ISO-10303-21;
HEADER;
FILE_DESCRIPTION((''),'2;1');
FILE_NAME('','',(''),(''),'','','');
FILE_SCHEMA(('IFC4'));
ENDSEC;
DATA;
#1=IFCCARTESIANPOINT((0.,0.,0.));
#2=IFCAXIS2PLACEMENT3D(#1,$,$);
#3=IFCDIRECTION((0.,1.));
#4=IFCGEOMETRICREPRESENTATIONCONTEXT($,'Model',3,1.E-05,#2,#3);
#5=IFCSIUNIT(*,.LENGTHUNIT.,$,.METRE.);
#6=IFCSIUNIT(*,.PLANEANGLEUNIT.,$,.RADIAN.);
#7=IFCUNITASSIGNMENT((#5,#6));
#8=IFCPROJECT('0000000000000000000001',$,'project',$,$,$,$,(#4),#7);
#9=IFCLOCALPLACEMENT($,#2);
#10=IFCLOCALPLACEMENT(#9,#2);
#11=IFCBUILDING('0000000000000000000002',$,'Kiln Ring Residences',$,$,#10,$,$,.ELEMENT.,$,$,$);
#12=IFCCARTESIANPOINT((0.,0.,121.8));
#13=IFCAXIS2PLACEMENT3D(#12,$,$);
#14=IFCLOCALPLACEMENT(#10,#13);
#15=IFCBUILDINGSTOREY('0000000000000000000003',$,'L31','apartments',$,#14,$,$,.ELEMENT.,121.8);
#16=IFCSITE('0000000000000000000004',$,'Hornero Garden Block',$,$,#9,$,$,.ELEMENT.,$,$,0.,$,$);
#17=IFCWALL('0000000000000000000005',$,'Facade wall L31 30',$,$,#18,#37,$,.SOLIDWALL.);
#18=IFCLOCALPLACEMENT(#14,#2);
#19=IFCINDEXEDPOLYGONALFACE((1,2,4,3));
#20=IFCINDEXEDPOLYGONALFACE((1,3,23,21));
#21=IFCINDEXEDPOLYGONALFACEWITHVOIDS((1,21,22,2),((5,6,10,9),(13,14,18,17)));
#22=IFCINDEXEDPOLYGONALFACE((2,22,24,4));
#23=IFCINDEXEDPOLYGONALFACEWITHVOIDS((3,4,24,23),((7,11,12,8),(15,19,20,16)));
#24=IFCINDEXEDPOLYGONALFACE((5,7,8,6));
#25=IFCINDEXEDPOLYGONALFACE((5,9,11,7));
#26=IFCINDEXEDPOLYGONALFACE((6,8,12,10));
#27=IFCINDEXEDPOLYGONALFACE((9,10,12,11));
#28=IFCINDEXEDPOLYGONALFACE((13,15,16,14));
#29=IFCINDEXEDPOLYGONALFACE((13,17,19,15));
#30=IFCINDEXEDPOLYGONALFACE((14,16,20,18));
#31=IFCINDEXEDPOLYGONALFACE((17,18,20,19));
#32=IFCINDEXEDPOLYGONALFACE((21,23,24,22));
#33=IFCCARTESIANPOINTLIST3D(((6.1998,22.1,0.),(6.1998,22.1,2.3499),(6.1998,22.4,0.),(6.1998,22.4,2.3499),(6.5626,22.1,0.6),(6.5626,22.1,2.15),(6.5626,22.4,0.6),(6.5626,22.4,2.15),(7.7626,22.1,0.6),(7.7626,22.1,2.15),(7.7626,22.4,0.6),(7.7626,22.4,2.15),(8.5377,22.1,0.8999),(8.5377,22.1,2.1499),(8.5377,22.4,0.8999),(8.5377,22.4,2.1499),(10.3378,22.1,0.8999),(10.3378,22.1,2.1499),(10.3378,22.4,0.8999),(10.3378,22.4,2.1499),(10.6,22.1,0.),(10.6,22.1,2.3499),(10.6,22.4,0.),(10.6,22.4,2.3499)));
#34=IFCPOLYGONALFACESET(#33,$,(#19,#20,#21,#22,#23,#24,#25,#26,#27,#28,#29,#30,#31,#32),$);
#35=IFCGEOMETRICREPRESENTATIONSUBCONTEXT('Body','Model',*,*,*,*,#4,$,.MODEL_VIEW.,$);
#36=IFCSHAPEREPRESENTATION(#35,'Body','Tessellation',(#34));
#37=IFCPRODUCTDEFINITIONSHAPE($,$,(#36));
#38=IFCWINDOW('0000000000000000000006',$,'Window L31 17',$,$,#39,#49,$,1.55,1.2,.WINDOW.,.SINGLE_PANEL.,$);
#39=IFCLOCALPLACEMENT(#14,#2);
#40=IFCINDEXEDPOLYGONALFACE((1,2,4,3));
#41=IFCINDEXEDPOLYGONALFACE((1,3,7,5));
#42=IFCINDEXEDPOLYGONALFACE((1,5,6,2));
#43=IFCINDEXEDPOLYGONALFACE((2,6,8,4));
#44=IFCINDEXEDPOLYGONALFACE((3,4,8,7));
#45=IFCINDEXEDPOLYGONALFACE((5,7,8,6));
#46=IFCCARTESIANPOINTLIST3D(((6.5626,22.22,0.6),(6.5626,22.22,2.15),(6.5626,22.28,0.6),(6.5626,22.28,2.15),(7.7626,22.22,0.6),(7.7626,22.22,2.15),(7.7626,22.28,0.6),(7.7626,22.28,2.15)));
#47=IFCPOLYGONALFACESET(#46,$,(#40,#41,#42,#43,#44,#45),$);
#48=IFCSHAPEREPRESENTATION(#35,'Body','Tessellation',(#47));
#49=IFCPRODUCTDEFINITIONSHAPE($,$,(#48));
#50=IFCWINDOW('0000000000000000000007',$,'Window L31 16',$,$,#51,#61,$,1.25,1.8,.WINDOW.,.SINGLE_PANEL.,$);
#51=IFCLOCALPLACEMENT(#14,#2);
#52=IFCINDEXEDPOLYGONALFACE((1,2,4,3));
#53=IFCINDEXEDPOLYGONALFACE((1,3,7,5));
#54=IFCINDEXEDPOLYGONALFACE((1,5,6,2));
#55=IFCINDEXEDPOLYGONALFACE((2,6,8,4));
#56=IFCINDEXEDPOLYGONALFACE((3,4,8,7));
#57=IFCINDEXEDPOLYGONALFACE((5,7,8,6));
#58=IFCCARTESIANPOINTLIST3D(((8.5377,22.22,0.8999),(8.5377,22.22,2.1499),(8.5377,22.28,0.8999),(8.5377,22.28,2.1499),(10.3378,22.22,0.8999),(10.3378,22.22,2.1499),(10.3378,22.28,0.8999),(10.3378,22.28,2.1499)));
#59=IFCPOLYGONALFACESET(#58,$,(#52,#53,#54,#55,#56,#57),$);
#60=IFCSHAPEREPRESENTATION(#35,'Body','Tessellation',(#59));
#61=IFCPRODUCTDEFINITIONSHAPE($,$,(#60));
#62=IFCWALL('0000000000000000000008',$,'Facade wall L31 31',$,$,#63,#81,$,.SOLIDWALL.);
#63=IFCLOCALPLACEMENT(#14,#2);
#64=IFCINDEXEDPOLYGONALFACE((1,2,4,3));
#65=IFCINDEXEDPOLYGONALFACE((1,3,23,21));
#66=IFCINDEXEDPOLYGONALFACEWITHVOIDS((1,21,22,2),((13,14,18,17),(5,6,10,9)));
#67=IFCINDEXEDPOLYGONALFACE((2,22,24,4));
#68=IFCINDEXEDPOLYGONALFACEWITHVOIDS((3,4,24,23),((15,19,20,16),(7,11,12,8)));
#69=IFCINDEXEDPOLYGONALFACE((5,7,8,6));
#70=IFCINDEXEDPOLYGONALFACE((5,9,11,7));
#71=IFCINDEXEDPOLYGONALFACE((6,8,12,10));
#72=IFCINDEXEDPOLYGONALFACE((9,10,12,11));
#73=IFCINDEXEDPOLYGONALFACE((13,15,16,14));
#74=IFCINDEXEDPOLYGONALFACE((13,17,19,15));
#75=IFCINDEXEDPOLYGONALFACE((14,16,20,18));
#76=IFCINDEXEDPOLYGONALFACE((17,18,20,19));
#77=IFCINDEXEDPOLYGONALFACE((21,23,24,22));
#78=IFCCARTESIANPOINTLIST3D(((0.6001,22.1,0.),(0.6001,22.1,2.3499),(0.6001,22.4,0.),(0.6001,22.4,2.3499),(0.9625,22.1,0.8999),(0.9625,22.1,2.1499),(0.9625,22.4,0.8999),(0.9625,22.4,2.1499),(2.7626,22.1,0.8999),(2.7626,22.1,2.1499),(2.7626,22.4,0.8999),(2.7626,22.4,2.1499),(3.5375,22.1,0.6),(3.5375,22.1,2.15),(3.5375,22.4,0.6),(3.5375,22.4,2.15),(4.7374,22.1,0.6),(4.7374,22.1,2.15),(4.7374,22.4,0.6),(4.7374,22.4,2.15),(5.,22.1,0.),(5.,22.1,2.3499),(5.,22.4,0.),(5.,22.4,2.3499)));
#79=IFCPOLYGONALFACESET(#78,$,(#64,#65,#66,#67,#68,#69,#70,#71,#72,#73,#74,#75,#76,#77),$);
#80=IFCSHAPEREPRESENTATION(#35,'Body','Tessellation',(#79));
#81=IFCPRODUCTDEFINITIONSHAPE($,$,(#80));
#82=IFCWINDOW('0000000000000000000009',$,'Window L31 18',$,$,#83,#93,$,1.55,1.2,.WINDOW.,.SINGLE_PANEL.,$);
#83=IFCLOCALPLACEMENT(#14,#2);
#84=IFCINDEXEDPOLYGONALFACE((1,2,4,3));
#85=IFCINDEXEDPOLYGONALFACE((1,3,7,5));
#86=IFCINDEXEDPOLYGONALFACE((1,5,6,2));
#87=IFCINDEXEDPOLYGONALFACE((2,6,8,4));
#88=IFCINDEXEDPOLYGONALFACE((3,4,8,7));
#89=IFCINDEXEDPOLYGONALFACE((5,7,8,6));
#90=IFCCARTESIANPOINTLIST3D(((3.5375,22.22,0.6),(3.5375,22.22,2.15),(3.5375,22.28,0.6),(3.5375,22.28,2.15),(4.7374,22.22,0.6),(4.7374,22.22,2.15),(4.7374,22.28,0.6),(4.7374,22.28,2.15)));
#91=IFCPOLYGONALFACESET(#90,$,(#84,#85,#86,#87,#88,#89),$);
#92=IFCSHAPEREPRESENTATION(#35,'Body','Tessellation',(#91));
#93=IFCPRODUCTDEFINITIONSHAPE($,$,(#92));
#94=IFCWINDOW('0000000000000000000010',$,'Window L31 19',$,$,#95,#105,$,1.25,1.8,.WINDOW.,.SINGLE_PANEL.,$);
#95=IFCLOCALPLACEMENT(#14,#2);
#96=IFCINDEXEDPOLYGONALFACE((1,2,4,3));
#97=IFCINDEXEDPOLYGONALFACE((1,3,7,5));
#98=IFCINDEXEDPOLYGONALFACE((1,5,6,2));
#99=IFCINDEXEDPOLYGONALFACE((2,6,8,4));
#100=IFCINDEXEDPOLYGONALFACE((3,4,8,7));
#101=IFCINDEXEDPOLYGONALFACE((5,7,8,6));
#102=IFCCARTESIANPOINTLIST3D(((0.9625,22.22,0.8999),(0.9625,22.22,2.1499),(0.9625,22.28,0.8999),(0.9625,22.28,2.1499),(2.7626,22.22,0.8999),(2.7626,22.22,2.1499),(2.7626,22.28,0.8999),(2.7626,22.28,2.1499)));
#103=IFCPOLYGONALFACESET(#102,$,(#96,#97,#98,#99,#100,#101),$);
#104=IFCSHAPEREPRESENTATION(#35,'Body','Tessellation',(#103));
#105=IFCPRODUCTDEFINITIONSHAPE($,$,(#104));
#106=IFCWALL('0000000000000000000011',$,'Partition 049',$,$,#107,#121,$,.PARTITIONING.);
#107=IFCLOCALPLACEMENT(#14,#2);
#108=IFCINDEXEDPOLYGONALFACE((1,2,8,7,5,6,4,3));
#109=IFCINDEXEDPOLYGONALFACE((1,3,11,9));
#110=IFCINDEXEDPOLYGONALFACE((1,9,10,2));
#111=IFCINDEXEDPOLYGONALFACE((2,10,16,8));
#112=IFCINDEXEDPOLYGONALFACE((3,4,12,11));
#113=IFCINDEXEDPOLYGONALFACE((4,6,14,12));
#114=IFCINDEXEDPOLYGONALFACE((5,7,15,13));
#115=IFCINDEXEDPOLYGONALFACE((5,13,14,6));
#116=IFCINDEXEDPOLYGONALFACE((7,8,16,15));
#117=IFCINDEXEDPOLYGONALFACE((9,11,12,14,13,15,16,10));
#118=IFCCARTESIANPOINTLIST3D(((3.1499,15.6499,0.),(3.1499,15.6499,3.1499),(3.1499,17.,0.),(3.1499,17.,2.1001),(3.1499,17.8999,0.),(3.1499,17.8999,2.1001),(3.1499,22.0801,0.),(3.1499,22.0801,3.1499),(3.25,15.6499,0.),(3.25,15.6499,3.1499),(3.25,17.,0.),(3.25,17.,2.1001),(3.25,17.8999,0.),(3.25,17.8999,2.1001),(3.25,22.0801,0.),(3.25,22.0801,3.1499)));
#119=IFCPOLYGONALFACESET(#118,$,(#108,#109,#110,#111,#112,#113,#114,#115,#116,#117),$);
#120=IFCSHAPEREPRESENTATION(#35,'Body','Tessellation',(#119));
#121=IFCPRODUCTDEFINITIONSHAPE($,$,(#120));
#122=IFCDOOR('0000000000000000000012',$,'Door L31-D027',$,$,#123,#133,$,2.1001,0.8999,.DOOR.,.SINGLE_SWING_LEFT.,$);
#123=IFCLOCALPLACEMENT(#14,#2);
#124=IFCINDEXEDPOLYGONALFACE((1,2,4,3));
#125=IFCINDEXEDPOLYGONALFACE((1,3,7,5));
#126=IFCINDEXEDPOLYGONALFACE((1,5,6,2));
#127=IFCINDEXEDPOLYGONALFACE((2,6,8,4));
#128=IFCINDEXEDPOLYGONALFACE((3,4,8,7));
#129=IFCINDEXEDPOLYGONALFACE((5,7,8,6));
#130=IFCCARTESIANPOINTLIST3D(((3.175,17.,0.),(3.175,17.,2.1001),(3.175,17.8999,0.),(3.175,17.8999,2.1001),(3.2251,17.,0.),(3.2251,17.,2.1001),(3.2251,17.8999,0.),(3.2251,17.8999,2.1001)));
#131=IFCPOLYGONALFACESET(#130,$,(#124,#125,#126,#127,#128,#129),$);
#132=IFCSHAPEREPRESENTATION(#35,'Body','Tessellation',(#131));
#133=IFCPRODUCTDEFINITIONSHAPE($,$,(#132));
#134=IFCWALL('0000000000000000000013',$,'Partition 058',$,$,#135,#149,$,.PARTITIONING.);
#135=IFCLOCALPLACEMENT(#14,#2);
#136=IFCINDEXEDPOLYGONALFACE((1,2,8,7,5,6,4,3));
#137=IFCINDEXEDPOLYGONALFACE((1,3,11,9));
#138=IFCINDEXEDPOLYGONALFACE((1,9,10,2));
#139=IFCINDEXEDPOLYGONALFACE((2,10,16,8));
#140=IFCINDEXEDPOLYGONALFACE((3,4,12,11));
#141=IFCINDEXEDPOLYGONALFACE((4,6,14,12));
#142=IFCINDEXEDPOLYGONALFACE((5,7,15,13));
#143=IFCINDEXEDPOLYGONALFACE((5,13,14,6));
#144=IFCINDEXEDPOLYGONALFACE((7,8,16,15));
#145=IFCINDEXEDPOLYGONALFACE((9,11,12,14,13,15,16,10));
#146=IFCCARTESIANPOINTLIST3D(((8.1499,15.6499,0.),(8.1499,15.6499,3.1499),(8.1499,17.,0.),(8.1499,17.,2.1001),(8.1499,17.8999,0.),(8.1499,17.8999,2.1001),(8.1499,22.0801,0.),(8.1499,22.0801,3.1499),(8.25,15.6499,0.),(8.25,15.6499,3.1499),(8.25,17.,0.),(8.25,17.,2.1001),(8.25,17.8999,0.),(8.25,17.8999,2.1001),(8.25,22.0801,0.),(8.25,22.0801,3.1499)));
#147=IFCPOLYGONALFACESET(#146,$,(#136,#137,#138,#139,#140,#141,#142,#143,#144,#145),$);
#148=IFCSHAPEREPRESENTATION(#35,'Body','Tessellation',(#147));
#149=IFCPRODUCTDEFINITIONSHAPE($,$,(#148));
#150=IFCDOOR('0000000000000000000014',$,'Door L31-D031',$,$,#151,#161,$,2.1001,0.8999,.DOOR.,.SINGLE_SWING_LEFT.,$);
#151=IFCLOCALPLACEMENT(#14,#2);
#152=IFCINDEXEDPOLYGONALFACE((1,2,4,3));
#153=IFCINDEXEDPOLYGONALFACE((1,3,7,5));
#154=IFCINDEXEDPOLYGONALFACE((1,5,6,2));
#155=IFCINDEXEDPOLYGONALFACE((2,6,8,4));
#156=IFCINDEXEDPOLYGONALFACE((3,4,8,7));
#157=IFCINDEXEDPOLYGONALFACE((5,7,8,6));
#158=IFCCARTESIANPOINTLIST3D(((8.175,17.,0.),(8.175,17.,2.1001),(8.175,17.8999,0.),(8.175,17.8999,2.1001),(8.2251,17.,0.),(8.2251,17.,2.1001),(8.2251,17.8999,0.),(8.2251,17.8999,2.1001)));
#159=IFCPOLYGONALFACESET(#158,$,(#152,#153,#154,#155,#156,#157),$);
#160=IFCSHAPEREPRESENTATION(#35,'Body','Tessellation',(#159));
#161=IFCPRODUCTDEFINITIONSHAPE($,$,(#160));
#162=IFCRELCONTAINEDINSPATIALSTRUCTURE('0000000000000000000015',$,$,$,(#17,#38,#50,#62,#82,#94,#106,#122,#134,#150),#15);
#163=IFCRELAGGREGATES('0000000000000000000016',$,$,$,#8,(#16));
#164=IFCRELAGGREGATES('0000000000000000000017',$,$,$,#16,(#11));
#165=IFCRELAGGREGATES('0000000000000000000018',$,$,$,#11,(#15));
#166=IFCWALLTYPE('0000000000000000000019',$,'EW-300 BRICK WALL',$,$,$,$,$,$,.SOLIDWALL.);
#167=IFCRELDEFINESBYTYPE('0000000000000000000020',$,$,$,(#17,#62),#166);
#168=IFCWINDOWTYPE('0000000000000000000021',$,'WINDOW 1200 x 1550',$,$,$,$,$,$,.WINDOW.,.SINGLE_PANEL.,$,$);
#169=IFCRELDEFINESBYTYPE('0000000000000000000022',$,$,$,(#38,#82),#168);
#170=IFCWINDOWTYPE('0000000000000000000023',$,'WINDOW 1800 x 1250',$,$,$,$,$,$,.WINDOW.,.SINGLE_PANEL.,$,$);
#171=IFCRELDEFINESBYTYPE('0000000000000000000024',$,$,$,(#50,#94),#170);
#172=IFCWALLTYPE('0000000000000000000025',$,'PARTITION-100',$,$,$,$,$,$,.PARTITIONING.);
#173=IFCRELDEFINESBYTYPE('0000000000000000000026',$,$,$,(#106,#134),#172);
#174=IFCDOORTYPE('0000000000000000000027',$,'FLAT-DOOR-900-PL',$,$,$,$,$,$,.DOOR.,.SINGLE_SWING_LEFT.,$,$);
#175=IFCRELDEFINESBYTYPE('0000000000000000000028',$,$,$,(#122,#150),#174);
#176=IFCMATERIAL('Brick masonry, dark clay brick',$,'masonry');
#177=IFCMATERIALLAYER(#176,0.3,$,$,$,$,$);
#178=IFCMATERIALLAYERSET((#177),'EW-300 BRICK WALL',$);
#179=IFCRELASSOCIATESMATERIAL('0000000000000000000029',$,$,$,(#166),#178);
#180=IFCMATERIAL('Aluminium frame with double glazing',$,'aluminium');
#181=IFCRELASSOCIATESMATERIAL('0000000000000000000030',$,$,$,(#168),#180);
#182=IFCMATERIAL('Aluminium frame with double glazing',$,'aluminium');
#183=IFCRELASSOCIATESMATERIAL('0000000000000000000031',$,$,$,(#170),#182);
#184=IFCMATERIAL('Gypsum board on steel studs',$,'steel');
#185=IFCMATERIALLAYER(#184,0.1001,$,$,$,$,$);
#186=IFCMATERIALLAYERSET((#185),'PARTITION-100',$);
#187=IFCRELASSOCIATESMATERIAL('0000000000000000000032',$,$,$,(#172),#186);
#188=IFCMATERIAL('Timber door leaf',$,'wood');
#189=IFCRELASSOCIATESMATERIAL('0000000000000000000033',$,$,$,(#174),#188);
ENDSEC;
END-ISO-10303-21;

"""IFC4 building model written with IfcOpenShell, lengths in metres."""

from ifc_helpers import new_model, si_unit, direction, frame, frame_2d, origin, place, context, subcontext, project, spatial, rectangle, extrude, material, layer, layer_set, type_object, element, fill, save


model = new_model("IFC4")

# Units and contexts
model_context = context("Model", 3, precision=1e-05, world=origin(), true_north=direction((0.0, 1.0)))
body_context = subcontext(model_context, "Body", "Model", "MODEL_VIEW")
ifc_project = project(units=[si_unit("LENGTHUNIT", "METRE"), si_unit("PLANEANGLEUNIT", "RADIAN")], contexts=[model_context])

# Site, building, storey
site_placement = place(None, origin())
site = spatial("IfcSite", under=ifc_project, at=site_placement, Name="Hornero Garden Block", CompositionType="ELEMENT", RefElevation=0.0)
building_placement = place(site_placement, origin())
building = spatial("IfcBuilding", under=site, at=building_placement, Name="Kiln Ring Residences", CompositionType="ELEMENT")
storey_placement = place(building_placement, frame((0.0, 0.0, 121.8)))
storey = spatial("IfcBuildingStorey", under=building, at=storey_placement, Name="L31", Description="apartments", CompositionType="ELEMENT", Elevation=121.8)

# Shared definitions
ifc_material_1 = material(Name="Brick masonry, dark clay brick", Category="masonry")
ifc_layer_1 = layer(ifc_material_1, 0.3)
ifc_layer_set_1 = layer_set([ifc_layer_1], Name="EW-300 BRICK WALL")
wall_type_1 = type_object("IfcWallType", Name="EW-300 BRICK WALL", PredefinedType="SOLIDWALL", material=ifc_layer_set_1)

# Walls, openings, windows
wall_1_placement = place(storey_placement, frame((10.6001, 22.25, 0.0), z_axis=(0.0, 0.0, 1.0), x_axis=(-1.0, 0.0, 0.0)))
wall_1 = element("IfcWall", 1, at=wall_1_placement, inside=storey, type_object=wall_type_1, Name="Facade wall L31 30", PredefinedType="SOLIDWALL", context=body_context, shape_type="SweptSolid", body=[
    extrude(rectangle(XDim=4.4001, YDim=0.3, at=frame_2d((2.2002, 0.0))), origin(), (0.0, 0.0, 1.0), 2.3499),
])
opening_1_placement = place(wall_1_placement, frame((0.2625, 0.0, 0.8999)))
opening_1 = element("IfcOpeningElement", 2, at=opening_1_placement, cuts=wall_1, PredefinedType="OPENING", context=body_context, shape_type="SweptSolid", body=[
    extrude(rectangle(XDim=1.8, YDim=1.25, at=frame_2d((0.8999, 0.625))), frame((0.0, 0.1599, 0.0), z_axis=(0.0, -1.0, 0.0), x_axis=(1.0, 0.0, 0.0)), (0.0, 0.0, 1.0), 0.3201),
])
opening_2_placement = place(wall_1_placement, frame((2.8374, 0.0, 0.6001)))
opening_2 = element("IfcOpeningElement", 3, at=opening_2_placement, cuts=wall_1, PredefinedType="OPENING", context=body_context, shape_type="SweptSolid", body=[
    extrude(rectangle(XDim=1.2, YDim=1.55, at=frame_2d((0.6001, 0.7749))), frame((0.0, 0.1599, 0.0), z_axis=(0.0, -1.0, 0.0), x_axis=(1.0, 0.0, 0.0)), (0.0, 0.0, 1.0), 0.3201),
])
ifc_material_2 = material(Name="Aluminium frame with double glazing", Category="aluminium")
window_type_1 = type_object("IfcWindowType", Name="WINDOW 1200 x 1550", PartitioningType="SINGLE_PANEL", PredefinedType="WINDOW", material=ifc_material_2)
window_1_placement = place(opening_2_placement, origin())
window_1 = element("IfcWindow", 4, at=window_1_placement, inside=storey, type_object=window_type_1, Name="Window L31 17", OverallHeight=1.55, OverallWidth=1.2, PartitioningType="SINGLE_PANEL", PredefinedType="WINDOW", context=body_context, shape_type="SweptSolid", body=[
    extrude(rectangle(XDim=1.2, YDim=1.55, at=frame_2d((0.6001, 0.7749))), frame((0.0, 0.03, 0.0), z_axis=(0.0, -1.0, 0.0), x_axis=(1.0, 0.0, 0.0)), (0.0, 0.0, 1.0), 0.0601),
])
fill(opening_2, window_1)
ifc_material_3 = material(Name="Aluminium frame with double glazing", Category="aluminium")
window_type_2 = type_object("IfcWindowType", Name="WINDOW 1800 x 1250", PartitioningType="SINGLE_PANEL", PredefinedType="WINDOW", material=ifc_material_3)
window_2_placement = place(opening_1_placement, origin())
window_2 = element("IfcWindow", 5, at=window_2_placement, inside=storey, type_object=window_type_2, Name="Window L31 16", OverallHeight=1.25, OverallWidth=1.8, PartitioningType="SINGLE_PANEL", PredefinedType="WINDOW", context=body_context, shape_type="SweptSolid", body=[
    extrude(rectangle(XDim=1.8, YDim=1.25, at=frame_2d((0.8999, 0.625))), frame((0.0, 0.03, 0.0), z_axis=(0.0, -1.0, 0.0), x_axis=(1.0, 0.0, 0.0)), (0.0, 0.0, 1.0), 0.0601),
])
fill(opening_1, window_2)
wall_2_placement = place(storey_placement, frame((5.0, 22.25, 0.0), z_axis=(0.0, 0.0, 1.0), x_axis=(-1.0, 0.0, 0.0)))
wall_2 = element("IfcWall", 6, at=wall_2_placement, inside=storey, type_object=wall_type_1, Name="Facade wall L31 31", PredefinedType="SOLIDWALL", context=body_context, shape_type="SweptSolid", body=[
    extrude(rectangle(XDim=4.3999, YDim=0.3, at=frame_2d((2.2, 0.0))), origin(), (0.0, 0.0, 1.0), 2.3499),
])
opening_3_placement = place(wall_2_placement, frame((0.2625, 0.0, 0.6001)))
opening_3 = element("IfcOpeningElement", 7, at=opening_3_placement, cuts=wall_2, PredefinedType="OPENING", context=body_context, shape_type="SweptSolid", body=[
    extrude(rectangle(XDim=1.2, YDim=1.55, at=frame_2d((0.6001, 0.7749))), frame((0.0, 0.1599, 0.0), z_axis=(0.0, -1.0, 0.0), x_axis=(1.0, 0.0, 0.0)), (0.0, 0.0, 1.0), 0.3201),
])
opening_4_placement = place(wall_2_placement, frame((2.2375, 0.0, 0.8999)))
opening_4 = element("IfcOpeningElement", 8, at=opening_4_placement, cuts=wall_2, PredefinedType="OPENING", context=body_context, shape_type="SweptSolid", body=[
    extrude(rectangle(XDim=1.8, YDim=1.25, at=frame_2d((0.8999, 0.625))), frame((0.0, 0.1599, 0.0), z_axis=(0.0, -1.0, 0.0), x_axis=(1.0, 0.0, 0.0)), (0.0, 0.0, 1.0), 0.3201),
])
window_3_placement = place(opening_3_placement, origin())
window_3 = element("IfcWindow", 9, at=window_3_placement, inside=storey, type_object=window_type_1, Name="Window L31 18", OverallHeight=1.55, OverallWidth=1.2, PartitioningType="SINGLE_PANEL", PredefinedType="WINDOW", context=body_context, shape_type="SweptSolid", body=[
    extrude(rectangle(XDim=1.2, YDim=1.55, at=frame_2d((0.6001, 0.7749))), frame((0.0, 0.03, 0.0), z_axis=(0.0, -1.0, 0.0), x_axis=(1.0, 0.0, 0.0)), (0.0, 0.0, 1.0), 0.0601),
])
fill(opening_3, window_3)
window_4_placement = place(opening_4_placement, origin())
window_4 = element("IfcWindow", 10, at=window_4_placement, inside=storey, type_object=window_type_2, Name="Window L31 19", OverallHeight=1.25, OverallWidth=1.8, PartitioningType="SINGLE_PANEL", PredefinedType="WINDOW", context=body_context, shape_type="SweptSolid", body=[
    extrude(rectangle(XDim=1.8, YDim=1.25, at=frame_2d((0.8999, 0.625))), frame((0.0, 0.03, 0.0), z_axis=(0.0, -1.0, 0.0), x_axis=(1.0, 0.0, 0.0)), (0.0, 0.0, 1.0), 0.0601),
])
fill(opening_4, window_4)

# Walls, openings, doors
ifc_material_4 = material(Name="Gypsum board on steel studs", Category="steel")
ifc_layer_2 = layer(ifc_material_4, 0.1001)
ifc_layer_set_2 = layer_set([ifc_layer_2], Name="PARTITION-100")
wall_type_2 = type_object("IfcWallType", Name="PARTITION-100", PredefinedType="PARTITIONING", material=ifc_layer_set_2)
wall_3_placement = place(storey_placement, frame((3.2, 15.6499, 0.0), z_axis=(0.0, 0.0, 1.0), x_axis=(0.0, 1.0, 0.0)))
wall_3 = element("IfcWall", 11, at=wall_3_placement, inside=storey, type_object=wall_type_2, Name="Partition 049", PredefinedType="PARTITIONING", context=body_context, shape_type="SweptSolid", body=[
    extrude(rectangle(XDim=6.4302, YDim=0.1001, at=frame_2d((3.2151, 0.0))), origin(), (0.0, 0.0, 1.0), 3.1499),
])
opening_5_placement = place(wall_3_placement, frame((1.3501, 0.0, 0.0)))
opening_5 = element("IfcOpeningElement", 12, at=opening_5_placement, cuts=wall_3, PredefinedType="OPENING", context=body_context, shape_type="SweptSolid", body=[
    extrude(rectangle(XDim=0.8999, YDim=2.1001, at=frame_2d((0.45, 1.05))), frame((0.0, 0.0601, 0.0), z_axis=(0.0, -1.0, 0.0), x_axis=(1.0, 0.0, 0.0)), (0.0, 0.0, 1.0), 0.1201),
])
ifc_material_5 = material(Name="Timber door leaf", Category="wood")
door_type_1 = type_object("IfcDoorType", Name="FLAT-DOOR-900-PL", OperationType="SINGLE_SWING_LEFT", PredefinedType="DOOR", material=ifc_material_5)
door_1_placement = place(opening_5_placement, origin())
door_1 = element("IfcDoor", 13, at=door_1_placement, inside=storey, type_object=door_type_1, Name="Door L31-D027", OperationType="SINGLE_SWING_LEFT", OverallHeight=2.1001, OverallWidth=0.8999, PredefinedType="DOOR", context=body_context, shape_type="SweptSolid", body=[
    extrude(rectangle(XDim=0.8999, YDim=2.1001, at=frame_2d((0.45, 1.05))), frame((0.0, 0.0249, 0.0), z_axis=(0.0, -1.0, 0.0), x_axis=(1.0, 0.0, 0.0)), (0.0, 0.0, 1.0), 0.05),
])
fill(opening_5, door_1)
wall_4_placement = place(storey_placement, frame((8.2, 15.6499, 0.0), z_axis=(0.0, 0.0, 1.0), x_axis=(0.0, 1.0, 0.0)))
wall_4 = element("IfcWall", 14, at=wall_4_placement, inside=storey, type_object=wall_type_2, Name="Partition 058", PredefinedType="PARTITIONING", context=body_context, shape_type="SweptSolid", body=[
    extrude(rectangle(XDim=6.4302, YDim=0.1001, at=frame_2d((3.2151, 0.0))), origin(), (0.0, 0.0, 1.0), 3.1499),
])
opening_6_placement = place(wall_4_placement, frame((1.3501, 0.0, 0.0)))
opening_6 = element("IfcOpeningElement", 15, at=opening_6_placement, cuts=wall_4, PredefinedType="OPENING", context=body_context, shape_type="SweptSolid", body=[
    extrude(rectangle(XDim=0.8999, YDim=2.1001, at=frame_2d((0.45, 1.05))), frame((0.0, 0.0601, 0.0), z_axis=(0.0, -1.0, 0.0), x_axis=(1.0, 0.0, 0.0)), (0.0, 0.0, 1.0), 0.1201),
])
door_2_placement = place(opening_6_placement, origin())
door_2 = element("IfcDoor", 16, at=door_2_placement, inside=storey, type_object=door_type_1, Name="Door L31-D031", OperationType="SINGLE_SWING_LEFT", OverallHeight=2.1001, OverallWidth=0.8999, PredefinedType="DOOR", context=body_context, shape_type="SweptSolid", body=[
    extrude(rectangle(XDim=0.8999, YDim=2.1001, at=frame_2d((0.45, 1.05))), frame((0.0, 0.0249, 0.0), z_axis=(0.0, -1.0, 0.0), x_axis=(1.0, 0.0, 0.0)), (0.0, 0.0, 1.0), 0.05),
])
fill(opening_6, door_2)

save(model, "model.ifc")
